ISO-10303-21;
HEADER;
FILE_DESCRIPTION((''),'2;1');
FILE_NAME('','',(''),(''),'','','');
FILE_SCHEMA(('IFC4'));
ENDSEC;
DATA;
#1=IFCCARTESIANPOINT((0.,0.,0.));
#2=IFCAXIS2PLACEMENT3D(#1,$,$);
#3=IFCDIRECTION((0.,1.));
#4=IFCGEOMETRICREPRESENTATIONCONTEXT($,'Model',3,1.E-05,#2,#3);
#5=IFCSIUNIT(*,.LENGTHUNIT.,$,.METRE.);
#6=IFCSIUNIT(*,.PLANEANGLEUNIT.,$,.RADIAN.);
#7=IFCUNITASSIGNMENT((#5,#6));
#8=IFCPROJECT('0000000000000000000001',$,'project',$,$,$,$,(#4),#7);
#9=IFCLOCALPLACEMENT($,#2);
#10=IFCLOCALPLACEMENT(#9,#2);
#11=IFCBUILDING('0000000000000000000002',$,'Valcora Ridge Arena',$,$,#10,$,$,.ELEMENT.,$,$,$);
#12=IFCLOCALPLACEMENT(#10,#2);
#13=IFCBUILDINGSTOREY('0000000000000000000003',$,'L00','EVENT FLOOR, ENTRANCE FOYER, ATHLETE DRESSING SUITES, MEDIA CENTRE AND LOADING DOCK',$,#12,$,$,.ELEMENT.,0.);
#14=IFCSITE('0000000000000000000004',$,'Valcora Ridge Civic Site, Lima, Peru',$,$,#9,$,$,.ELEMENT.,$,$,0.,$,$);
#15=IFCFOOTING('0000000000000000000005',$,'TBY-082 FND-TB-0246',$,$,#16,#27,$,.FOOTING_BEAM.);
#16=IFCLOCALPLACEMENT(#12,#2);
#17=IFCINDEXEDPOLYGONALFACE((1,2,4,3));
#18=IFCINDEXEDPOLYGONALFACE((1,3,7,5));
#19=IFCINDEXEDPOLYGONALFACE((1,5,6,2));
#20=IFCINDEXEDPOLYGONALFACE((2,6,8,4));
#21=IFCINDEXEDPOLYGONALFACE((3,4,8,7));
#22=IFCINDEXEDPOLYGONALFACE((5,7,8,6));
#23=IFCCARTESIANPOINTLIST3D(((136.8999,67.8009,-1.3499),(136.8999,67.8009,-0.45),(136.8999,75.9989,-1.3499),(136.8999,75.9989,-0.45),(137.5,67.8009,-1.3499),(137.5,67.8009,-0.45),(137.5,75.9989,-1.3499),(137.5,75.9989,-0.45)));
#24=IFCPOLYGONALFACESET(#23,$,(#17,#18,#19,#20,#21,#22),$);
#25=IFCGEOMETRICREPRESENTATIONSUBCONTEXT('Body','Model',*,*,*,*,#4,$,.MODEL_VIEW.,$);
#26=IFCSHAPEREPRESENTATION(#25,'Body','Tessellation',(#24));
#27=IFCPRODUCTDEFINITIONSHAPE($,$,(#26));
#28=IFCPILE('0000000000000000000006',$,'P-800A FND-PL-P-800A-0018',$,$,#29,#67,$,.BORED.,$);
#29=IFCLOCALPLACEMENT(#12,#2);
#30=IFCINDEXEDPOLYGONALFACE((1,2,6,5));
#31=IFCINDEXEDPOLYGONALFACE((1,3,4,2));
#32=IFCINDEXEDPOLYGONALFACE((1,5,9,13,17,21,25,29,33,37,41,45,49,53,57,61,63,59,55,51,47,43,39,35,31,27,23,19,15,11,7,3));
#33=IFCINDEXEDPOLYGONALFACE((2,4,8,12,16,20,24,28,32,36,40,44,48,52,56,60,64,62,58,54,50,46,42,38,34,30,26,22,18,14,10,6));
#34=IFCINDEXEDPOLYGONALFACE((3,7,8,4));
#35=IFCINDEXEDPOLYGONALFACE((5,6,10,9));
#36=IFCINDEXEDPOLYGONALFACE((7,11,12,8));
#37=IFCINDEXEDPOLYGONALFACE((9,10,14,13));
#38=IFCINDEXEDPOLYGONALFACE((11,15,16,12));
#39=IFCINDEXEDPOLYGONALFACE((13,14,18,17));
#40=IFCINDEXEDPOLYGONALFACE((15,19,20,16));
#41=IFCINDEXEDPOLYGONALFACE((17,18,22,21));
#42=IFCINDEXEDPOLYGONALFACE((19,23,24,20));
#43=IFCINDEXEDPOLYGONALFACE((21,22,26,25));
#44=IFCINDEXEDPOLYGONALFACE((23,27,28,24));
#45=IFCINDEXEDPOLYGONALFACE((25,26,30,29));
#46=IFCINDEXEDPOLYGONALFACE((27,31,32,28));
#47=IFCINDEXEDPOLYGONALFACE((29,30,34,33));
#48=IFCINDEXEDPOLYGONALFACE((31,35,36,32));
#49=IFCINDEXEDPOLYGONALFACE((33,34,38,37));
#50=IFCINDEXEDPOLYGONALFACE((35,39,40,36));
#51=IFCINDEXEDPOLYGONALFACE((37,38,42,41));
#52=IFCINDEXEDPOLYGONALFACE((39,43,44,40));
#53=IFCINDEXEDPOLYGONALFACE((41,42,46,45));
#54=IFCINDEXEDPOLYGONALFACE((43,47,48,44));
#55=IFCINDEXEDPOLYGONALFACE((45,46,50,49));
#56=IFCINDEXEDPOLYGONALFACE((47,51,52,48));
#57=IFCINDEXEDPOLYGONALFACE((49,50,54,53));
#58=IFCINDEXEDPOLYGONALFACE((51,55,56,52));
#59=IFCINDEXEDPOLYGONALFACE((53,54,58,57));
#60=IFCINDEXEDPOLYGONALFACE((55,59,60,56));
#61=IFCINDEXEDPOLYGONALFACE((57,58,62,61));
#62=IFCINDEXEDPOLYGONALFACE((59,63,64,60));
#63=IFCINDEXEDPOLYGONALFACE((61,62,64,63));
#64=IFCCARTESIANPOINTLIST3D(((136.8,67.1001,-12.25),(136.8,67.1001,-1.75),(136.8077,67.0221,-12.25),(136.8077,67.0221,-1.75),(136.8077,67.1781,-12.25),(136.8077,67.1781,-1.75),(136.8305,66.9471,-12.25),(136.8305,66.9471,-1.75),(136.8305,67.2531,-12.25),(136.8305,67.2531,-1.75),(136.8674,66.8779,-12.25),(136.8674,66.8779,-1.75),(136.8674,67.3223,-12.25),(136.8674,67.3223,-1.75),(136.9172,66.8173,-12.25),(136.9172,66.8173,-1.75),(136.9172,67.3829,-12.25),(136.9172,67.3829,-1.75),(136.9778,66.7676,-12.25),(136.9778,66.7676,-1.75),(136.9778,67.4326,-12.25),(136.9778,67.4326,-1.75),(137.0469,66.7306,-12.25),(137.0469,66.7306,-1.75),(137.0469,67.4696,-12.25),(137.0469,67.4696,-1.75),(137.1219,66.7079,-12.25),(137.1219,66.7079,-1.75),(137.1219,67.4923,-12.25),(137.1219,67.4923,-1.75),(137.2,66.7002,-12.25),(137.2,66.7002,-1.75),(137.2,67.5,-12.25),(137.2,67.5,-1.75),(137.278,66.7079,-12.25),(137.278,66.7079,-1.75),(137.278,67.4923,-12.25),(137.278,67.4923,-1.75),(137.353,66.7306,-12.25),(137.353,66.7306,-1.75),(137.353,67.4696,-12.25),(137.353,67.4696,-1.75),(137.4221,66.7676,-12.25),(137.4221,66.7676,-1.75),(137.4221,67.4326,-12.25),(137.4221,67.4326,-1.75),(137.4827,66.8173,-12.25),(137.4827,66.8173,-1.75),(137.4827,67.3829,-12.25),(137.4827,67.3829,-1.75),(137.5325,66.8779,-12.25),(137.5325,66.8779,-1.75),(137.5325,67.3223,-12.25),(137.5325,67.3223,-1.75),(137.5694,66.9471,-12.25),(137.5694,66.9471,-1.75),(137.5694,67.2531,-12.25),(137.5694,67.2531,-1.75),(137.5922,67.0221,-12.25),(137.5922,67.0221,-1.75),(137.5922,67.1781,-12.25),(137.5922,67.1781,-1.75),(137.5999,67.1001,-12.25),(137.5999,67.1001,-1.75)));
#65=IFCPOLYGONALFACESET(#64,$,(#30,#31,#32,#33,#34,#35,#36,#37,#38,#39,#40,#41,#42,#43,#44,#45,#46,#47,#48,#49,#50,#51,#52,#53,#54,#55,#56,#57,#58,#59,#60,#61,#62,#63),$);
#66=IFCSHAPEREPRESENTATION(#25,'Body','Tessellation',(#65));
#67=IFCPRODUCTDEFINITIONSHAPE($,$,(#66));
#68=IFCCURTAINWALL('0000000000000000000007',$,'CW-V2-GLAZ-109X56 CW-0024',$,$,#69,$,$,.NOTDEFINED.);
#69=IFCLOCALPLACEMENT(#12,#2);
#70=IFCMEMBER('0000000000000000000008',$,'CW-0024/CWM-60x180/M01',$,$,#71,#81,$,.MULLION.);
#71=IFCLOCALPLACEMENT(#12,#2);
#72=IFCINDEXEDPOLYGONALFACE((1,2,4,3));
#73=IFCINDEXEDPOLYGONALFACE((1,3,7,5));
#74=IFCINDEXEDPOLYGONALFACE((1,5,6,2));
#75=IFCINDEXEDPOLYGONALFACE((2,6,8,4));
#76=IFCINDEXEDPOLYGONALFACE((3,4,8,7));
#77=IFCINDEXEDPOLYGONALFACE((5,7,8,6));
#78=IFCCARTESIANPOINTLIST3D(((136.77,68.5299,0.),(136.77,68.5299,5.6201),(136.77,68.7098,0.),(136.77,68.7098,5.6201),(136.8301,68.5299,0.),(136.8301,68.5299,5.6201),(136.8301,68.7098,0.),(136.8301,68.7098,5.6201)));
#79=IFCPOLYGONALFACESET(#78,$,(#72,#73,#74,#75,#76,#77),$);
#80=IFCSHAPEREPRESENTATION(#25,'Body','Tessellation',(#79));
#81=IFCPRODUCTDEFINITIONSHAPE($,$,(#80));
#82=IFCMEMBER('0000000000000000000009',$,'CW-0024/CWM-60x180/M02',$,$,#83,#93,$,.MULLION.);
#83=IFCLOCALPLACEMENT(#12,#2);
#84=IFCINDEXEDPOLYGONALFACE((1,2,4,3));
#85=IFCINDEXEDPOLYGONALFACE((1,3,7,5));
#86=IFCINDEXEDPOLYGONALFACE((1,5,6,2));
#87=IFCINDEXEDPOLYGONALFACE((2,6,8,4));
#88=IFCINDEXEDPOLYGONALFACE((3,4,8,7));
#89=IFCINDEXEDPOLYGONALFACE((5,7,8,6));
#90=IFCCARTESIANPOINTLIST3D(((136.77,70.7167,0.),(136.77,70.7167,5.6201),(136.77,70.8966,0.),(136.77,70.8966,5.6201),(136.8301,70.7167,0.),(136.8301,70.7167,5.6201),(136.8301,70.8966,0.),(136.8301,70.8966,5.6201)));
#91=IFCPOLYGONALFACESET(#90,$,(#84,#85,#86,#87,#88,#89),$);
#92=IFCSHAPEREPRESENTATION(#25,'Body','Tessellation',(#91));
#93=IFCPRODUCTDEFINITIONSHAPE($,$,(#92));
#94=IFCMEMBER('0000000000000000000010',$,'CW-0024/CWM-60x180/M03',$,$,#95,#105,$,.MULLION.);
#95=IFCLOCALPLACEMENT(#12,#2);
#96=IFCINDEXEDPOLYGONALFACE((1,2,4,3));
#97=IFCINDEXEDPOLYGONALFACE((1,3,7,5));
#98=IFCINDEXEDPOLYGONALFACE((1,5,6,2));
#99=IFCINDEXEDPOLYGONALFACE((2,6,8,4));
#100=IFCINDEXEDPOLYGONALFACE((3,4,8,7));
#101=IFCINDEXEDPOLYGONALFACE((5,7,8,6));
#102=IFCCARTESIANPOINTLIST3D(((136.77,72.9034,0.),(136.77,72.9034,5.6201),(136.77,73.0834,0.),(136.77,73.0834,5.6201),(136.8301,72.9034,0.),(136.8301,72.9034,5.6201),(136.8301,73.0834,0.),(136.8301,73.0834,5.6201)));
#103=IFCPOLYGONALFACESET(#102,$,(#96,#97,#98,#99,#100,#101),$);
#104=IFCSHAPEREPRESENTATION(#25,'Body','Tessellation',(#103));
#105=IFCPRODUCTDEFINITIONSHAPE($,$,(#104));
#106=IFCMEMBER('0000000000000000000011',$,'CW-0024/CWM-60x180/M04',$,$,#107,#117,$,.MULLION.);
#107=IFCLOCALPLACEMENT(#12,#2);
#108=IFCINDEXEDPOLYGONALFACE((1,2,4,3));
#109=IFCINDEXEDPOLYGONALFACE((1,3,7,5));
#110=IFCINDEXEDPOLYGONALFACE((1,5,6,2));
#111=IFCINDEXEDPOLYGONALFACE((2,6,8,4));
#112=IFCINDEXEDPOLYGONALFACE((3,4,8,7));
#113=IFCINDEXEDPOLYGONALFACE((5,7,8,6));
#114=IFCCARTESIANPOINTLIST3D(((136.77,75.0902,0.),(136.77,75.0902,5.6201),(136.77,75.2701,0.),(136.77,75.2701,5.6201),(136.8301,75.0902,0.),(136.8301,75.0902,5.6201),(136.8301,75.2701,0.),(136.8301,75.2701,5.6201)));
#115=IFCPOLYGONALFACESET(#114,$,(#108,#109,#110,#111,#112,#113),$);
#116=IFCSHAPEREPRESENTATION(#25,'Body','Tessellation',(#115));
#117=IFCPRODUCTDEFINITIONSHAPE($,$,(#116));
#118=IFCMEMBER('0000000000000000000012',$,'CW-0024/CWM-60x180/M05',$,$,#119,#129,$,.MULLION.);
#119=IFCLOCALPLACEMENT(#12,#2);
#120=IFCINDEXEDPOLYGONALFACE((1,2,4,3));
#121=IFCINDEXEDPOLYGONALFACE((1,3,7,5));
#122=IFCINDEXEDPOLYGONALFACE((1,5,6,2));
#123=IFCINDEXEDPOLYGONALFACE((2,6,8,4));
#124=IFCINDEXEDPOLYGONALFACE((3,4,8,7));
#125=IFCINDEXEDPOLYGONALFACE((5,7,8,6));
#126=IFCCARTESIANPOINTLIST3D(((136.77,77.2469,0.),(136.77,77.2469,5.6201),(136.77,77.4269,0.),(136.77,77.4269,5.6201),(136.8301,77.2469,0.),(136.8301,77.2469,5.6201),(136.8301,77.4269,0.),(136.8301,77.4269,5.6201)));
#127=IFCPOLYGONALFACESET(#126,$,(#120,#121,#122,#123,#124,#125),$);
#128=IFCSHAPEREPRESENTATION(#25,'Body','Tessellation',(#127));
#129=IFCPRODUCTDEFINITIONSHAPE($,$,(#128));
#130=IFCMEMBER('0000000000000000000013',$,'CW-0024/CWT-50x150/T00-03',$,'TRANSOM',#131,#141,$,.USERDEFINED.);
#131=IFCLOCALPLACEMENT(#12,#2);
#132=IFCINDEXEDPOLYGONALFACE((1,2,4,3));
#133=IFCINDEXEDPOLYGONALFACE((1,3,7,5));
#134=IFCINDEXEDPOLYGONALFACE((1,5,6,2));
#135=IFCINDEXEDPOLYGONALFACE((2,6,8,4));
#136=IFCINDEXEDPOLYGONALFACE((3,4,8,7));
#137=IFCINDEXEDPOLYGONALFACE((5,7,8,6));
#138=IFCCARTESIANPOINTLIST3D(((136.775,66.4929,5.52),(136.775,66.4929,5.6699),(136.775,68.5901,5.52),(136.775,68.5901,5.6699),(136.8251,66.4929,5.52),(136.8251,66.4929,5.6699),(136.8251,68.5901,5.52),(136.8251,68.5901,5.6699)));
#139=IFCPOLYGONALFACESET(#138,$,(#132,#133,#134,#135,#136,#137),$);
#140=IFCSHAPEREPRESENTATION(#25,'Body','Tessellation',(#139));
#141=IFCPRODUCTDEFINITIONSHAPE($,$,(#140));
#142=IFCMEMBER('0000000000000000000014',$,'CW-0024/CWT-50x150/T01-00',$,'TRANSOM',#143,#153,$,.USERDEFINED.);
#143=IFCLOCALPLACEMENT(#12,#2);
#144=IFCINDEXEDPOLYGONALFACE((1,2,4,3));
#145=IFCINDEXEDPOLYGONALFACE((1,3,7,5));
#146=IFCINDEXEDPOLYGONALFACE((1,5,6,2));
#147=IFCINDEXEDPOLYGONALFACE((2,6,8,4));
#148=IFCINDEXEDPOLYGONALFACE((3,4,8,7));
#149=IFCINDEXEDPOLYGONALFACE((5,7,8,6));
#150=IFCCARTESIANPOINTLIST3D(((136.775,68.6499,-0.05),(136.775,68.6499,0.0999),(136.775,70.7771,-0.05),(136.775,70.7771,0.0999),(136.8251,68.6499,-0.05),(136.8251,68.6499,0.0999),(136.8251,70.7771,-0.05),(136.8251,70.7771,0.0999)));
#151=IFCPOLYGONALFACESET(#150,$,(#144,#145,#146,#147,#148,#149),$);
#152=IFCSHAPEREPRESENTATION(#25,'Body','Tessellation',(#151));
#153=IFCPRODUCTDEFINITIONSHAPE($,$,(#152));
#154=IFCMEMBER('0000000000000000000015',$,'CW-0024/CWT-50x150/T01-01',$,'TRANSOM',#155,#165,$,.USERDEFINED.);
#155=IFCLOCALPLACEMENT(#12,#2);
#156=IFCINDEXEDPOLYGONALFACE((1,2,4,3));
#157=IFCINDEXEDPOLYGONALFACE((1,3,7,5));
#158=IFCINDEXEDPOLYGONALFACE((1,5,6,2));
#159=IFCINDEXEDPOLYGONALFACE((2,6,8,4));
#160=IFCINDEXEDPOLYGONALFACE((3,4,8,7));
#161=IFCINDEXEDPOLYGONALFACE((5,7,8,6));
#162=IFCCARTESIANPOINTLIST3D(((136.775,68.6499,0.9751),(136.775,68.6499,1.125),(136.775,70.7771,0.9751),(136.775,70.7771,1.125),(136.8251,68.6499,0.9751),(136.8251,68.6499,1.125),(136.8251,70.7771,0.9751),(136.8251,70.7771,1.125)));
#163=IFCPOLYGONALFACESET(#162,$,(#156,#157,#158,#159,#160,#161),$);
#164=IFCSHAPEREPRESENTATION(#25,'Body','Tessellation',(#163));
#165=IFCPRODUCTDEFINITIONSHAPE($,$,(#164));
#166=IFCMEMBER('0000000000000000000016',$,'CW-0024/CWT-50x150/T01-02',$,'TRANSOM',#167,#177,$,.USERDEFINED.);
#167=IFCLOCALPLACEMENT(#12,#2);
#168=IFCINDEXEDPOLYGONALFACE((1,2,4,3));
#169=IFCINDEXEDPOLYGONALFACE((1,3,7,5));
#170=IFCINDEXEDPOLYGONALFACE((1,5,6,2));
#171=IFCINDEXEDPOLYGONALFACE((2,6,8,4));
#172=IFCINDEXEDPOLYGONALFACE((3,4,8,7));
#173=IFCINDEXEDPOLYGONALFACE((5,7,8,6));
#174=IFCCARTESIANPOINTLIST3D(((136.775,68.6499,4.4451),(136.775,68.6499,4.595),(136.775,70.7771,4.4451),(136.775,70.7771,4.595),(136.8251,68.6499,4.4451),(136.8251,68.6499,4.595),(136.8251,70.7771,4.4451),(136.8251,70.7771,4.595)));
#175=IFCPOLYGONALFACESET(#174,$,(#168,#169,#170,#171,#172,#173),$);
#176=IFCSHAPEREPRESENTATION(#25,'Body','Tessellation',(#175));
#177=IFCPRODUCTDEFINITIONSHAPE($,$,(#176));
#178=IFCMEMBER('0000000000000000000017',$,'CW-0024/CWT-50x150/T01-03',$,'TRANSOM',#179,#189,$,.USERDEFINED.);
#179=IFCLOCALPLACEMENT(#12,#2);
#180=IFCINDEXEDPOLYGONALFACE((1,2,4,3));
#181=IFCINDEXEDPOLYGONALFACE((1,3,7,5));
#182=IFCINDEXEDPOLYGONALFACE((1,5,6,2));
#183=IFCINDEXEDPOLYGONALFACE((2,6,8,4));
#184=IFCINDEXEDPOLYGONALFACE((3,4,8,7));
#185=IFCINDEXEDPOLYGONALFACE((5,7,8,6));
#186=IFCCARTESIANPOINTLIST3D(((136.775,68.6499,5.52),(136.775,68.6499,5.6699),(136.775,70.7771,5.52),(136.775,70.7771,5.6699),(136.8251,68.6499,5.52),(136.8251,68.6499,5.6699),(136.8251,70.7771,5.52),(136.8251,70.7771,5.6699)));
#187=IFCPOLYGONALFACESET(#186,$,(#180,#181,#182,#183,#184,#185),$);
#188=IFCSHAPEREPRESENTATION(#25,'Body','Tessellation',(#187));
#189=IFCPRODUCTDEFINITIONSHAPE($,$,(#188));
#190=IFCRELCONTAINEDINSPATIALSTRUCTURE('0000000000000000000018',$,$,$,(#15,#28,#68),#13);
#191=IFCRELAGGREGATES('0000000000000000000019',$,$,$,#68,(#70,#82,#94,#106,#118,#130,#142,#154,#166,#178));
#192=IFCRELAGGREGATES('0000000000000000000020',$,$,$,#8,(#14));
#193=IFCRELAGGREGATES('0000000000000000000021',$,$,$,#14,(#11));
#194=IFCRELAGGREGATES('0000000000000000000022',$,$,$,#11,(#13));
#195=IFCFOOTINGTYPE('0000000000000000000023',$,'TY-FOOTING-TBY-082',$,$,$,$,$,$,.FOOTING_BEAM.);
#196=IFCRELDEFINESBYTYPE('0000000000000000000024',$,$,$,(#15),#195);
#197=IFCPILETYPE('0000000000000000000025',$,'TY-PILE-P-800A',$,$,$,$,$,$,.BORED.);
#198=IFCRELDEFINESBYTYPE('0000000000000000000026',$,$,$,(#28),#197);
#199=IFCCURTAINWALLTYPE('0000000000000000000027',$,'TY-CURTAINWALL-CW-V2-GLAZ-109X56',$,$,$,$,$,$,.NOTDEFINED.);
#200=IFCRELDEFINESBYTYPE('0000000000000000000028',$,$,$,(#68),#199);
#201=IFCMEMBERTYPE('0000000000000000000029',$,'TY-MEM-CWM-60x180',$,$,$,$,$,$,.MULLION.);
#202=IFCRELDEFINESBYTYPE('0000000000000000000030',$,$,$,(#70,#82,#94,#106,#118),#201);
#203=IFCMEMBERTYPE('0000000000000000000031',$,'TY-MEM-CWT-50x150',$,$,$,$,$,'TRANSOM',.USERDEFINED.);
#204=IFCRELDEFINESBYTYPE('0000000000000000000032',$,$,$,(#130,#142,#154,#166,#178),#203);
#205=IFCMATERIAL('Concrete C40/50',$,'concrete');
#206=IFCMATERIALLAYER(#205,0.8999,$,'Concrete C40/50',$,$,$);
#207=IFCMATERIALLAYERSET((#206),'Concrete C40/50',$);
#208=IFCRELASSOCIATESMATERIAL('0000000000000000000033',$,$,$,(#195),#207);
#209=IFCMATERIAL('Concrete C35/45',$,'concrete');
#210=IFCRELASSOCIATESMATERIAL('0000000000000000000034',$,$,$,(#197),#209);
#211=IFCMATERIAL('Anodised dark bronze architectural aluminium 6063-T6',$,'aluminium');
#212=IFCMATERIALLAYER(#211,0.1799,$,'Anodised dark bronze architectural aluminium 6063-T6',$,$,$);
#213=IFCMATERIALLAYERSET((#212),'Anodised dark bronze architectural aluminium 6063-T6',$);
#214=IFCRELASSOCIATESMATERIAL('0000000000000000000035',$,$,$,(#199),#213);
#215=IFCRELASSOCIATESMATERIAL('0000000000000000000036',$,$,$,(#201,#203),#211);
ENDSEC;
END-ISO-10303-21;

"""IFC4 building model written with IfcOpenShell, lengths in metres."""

from ifc_helpers import new_model, si_unit, direction, frame, origin, origin_2d, place, context, subcontext, project, spatial, rectangle, circle, extrude, material, layer, layer_set, material_profile, profile_set, type_object, element, aggregate, save


model = new_model("IFC4")

# Units and contexts
model_context = context("Model", 3, precision=1e-05, world=origin(), true_north=direction((0.0, 1.0)))
body_context = subcontext(model_context, "Body", "Model", "MODEL_VIEW")
ifc_project = project(units=[si_unit("LENGTHUNIT", "METRE"), si_unit("PLANEANGLEUNIT", "RADIAN")], contexts=[model_context])

# Site, building, storey
site_placement = place(None, origin())
site = spatial("IfcSite", under=ifc_project, at=site_placement, Name="Valcora Ridge Civic Site, Lima, Peru", CompositionType="ELEMENT", RefElevation=0.0)
building_placement = place(site_placement, origin())
building = spatial("IfcBuilding", under=site, at=building_placement, Name="Valcora Ridge Arena", CompositionType="ELEMENT")
storey_placement = place(building_placement, origin())
storey = spatial("IfcBuildingStorey", under=building, at=storey_placement, Name="L00", Description="EVENT FLOOR, ENTRANCE FOYER, ATHLETE DRESSING SUITES, MEDIA CENTRE AND LOADING DOCK", CompositionType="ELEMENT", Elevation=0.0)

# Footing
ifc_material_1 = material(Name="Concrete C40/50", Category="concrete")
ifc_layer_1 = layer(ifc_material_1, 0.8999, Name="Concrete C40/50")
ifc_layer_set_1 = layer_set([ifc_layer_1], Name="Concrete C40/50")
footing_type = type_object("IfcFootingType", Name="TY-FOOTING-TBY-082", PredefinedType="FOOTING_BEAM", material=ifc_layer_set_1)
footing_placement = place(storey_placement, frame((137.2, 71.8999, -1.3499), z_axis=(0.0, 0.0, 1.0), x_axis=(1.0, 0.0, 0.0)))
element("IfcFooting", 1, at=footing_placement, inside=storey, type_object=footing_type, Name="TBY-082 FND-TB-0246", PredefinedType="FOOTING_BEAM", context=body_context, shape_type="SweptSolid", body=[
    extrude(rectangle(XDim=0.6001, YDim=8.198, at=origin_2d()), origin(), (0.0, 0.0, 1.0), 0.8999),
])

# Pile
ifc_material_2 = material(Name="Concrete C35/45", Category="concrete")
ifc_material_profile_1 = material_profile(ifc_material_2, circle(Radius=0.3999, at=origin_2d()), Name="BORED PILE D800")
ifc_profile_set_1 = profile_set([ifc_material_profile_1], Name="Concrete C35/45")
pile_type = type_object("IfcPileType", Name="TY-PILE-P-800A", PredefinedType="BORED", material=ifc_profile_set_1)
pile_placement = place(storey_placement, frame((137.2, 67.1001, -1.75), z_axis=(0.0, 0.0, -1.0), x_axis=(1.0, 0.0, 0.0)))
element("IfcPile", 2, at=pile_placement, inside=storey, type_object=pile_type, Name="P-800A FND-PL-P-800A-0018", PredefinedType="BORED", context=body_context, shape_type="SweptSolid", body=[
    extrude(circle(Radius=0.3999, at=origin_2d()), origin(), (0.0, 0.0, 1.0), 10.5),
])

# Curtain wall, members
ifc_material_3 = material(Name="Anodised dark bronze architectural aluminium 6063-T6", Category="aluminium")
ifc_layer_2 = layer(ifc_material_3, 0.1799, Name="Anodised dark bronze architectural aluminium 6063-T6")
ifc_layer_set_2 = layer_set([ifc_layer_2], Name="Anodised dark bronze architectural aluminium 6063-T6")
curtain_wall_type = type_object("IfcCurtainWallType", Name="TY-CURTAINWALL-CW-V2-GLAZ-109X56", PredefinedType="NOTDEFINED", material=ifc_layer_set_2)
curtain_wall_placement = place(storey_placement, origin())
curtain_wall = element("IfcCurtainWall", 3, at=curtain_wall_placement, inside=storey, type_object=curtain_wall_type, Name="CW-V2-GLAZ-109X56 CW-0024", PredefinedType="NOTDEFINED")
ifc_material_profile_2 = material_profile(ifc_material_3, rectangle(XDim=0.0601, YDim=0.1799, at=origin_2d()), Name="ALU MULLION 60x180")
ifc_profile_set_2 = profile_set([ifc_material_profile_2], Name="Anodised dark bronze architectural aluminium 6063-T6")
member_type_1 = type_object("IfcMemberType", Name="TY-MEM-CWM-60x180", PredefinedType="MULLION", material=ifc_profile_set_2)
member_1_placement = place(storey_placement, frame((136.8, 68.6199, 0.0), z_axis=(0.0, 0.0, 1.0), x_axis=(-1.0, 0.0, 0.0)))
member_1 = element("IfcMember", 4, at=member_1_placement, type_object=member_type_1, Name="CW-0024/CWM-60x180/M01", PredefinedType="MULLION", context=body_context, shape_type="SweptSolid", body=[
    extrude(rectangle(XDim=0.0601, YDim=0.1799, at=origin_2d()), origin(), (0.0, 0.0, 1.0), 5.6201),
])
member_2_placement = place(storey_placement, frame((136.8, 70.8066, 0.0), z_axis=(0.0, 0.0, 1.0), x_axis=(-1.0, 0.0, 0.0)))
member_2 = element("IfcMember", 5, at=member_2_placement, type_object=member_type_1, Name="CW-0024/CWM-60x180/M02", PredefinedType="MULLION", context=body_context, shape_type="SweptSolid", body=[
    extrude(rectangle(XDim=0.0601, YDim=0.1799, at=origin_2d()), origin(), (0.0, 0.0, 1.0), 5.6201),
])
member_3_placement = place(storey_placement, frame((136.8, 72.9934, 0.0), z_axis=(0.0, 0.0, 1.0), x_axis=(-1.0, 0.0, 0.0)))
member_3 = element("IfcMember", 6, at=member_3_placement, type_object=member_type_1, Name="CW-0024/CWM-60x180/M03", PredefinedType="MULLION", context=body_context, shape_type="SweptSolid", body=[
    extrude(rectangle(XDim=0.0601, YDim=0.1799, at=origin_2d()), origin(), (0.0, 0.0, 1.0), 5.6201),
])
member_4_placement = place(storey_placement, frame((136.8, 75.1802, 0.0), z_axis=(0.0, 0.0, 1.0), x_axis=(-1.0, 0.0, 0.0)))
member_4 = element("IfcMember", 7, at=member_4_placement, type_object=member_type_1, Name="CW-0024/CWM-60x180/M04", PredefinedType="MULLION", context=body_context, shape_type="SweptSolid", body=[
    extrude(rectangle(XDim=0.0601, YDim=0.1799, at=origin_2d()), origin(), (0.0, 0.0, 1.0), 5.6201),
])
member_5_placement = place(storey_placement, frame((136.8, 77.3369, 0.0), z_axis=(0.0, 0.0, 1.0), x_axis=(-1.0, 0.0, 0.0)))
member_5 = element("IfcMember", 8, at=member_5_placement, type_object=member_type_1, Name="CW-0024/CWM-60x180/M05", PredefinedType="MULLION", context=body_context, shape_type="SweptSolid", body=[
    extrude(rectangle(XDim=0.0601, YDim=0.1799, at=origin_2d()), origin(), (0.0, 0.0, 1.0), 5.6201),
])
ifc_material_profile_3 = material_profile(ifc_material_3, rectangle(XDim=0.05, YDim=0.1499, at=origin_2d()), Name="ALU TRANSOM 50x150")
ifc_profile_set_3 = profile_set([ifc_material_profile_3], Name="Anodised dark bronze architectural aluminium 6063-T6")
member_type_2 = type_object("IfcMemberType", Name="TY-MEM-CWT-50x150", ElementType="TRANSOM", PredefinedType="USERDEFINED", material=ifc_profile_set_3)
member_6_placement = place(storey_placement, frame((136.8, 66.4929, 5.595), z_axis=(0.0, 1.0, 0.0), x_axis=(-1.0, 0.0, 0.0)))
member_6 = element("IfcMember", 9, at=member_6_placement, type_object=member_type_2, Name="CW-0024/CWT-50x150/T00-03", ObjectType="TRANSOM", PredefinedType="USERDEFINED", context=body_context, shape_type="SweptSolid", body=[
    extrude(rectangle(XDim=0.05, YDim=0.1499, at=origin_2d()), origin(), (0.0, 0.0, 1.0), 2.0972),
])
member_7_placement = place(storey_placement, frame((136.8, 68.6499, 0.0249), z_axis=(0.0, 1.0, 0.0), x_axis=(-1.0, 0.0, 0.0)))
member_7 = element("IfcMember", 10, at=member_7_placement, type_object=member_type_2, Name="CW-0024/CWT-50x150/T01-00", ObjectType="TRANSOM", PredefinedType="USERDEFINED", context=body_context, shape_type="SweptSolid", body=[
    extrude(rectangle(XDim=0.05, YDim=0.1499, at=origin_2d()), origin(), (0.0, 0.0, 1.0), 2.1272),
])
member_8_placement = place(storey_placement, frame((136.8, 68.6499, 1.05), z_axis=(0.0, 1.0, 0.0), x_axis=(-1.0, 0.0, 0.0)))
member_8 = element("IfcMember", 11, at=member_8_placement, type_object=member_type_2, Name="CW-0024/CWT-50x150/T01-01", ObjectType="TRANSOM", PredefinedType="USERDEFINED", context=body_context, shape_type="SweptSolid", body=[
    extrude(rectangle(XDim=0.05, YDim=0.1499, at=origin_2d()), origin(), (0.0, 0.0, 1.0), 2.1272),
])
member_9_placement = place(storey_placement, frame((136.8, 68.6499, 4.52), z_axis=(0.0, 1.0, 0.0), x_axis=(-1.0, 0.0, 0.0)))
member_9 = element("IfcMember", 12, at=member_9_placement, type_object=member_type_2, Name="CW-0024/CWT-50x150/T01-02", ObjectType="TRANSOM", PredefinedType="USERDEFINED", context=body_context, shape_type="SweptSolid", body=[
    extrude(rectangle(XDim=0.05, YDim=0.1499, at=origin_2d()), origin(), (0.0, 0.0, 1.0), 2.1272),
])
member_10_placement = place(storey_placement, frame((136.8, 68.6499, 5.595), z_axis=(0.0, 1.0, 0.0), x_axis=(-1.0, 0.0, 0.0)))
member_10 = element("IfcMember", 13, at=member_10_placement, type_object=member_type_2, Name="CW-0024/CWT-50x150/T01-03", ObjectType="TRANSOM", PredefinedType="USERDEFINED", context=body_context, shape_type="SweptSolid", body=[
    extrude(rectangle(XDim=0.05, YDim=0.1499, at=origin_2d()), origin(), (0.0, 0.0, 1.0), 2.1272),
])
aggregate(curtain_wall, [member_1, member_2, member_3, member_4, member_5, member_6, member_7, member_8, member_9, member_10])

save(model, "model.ifc")
